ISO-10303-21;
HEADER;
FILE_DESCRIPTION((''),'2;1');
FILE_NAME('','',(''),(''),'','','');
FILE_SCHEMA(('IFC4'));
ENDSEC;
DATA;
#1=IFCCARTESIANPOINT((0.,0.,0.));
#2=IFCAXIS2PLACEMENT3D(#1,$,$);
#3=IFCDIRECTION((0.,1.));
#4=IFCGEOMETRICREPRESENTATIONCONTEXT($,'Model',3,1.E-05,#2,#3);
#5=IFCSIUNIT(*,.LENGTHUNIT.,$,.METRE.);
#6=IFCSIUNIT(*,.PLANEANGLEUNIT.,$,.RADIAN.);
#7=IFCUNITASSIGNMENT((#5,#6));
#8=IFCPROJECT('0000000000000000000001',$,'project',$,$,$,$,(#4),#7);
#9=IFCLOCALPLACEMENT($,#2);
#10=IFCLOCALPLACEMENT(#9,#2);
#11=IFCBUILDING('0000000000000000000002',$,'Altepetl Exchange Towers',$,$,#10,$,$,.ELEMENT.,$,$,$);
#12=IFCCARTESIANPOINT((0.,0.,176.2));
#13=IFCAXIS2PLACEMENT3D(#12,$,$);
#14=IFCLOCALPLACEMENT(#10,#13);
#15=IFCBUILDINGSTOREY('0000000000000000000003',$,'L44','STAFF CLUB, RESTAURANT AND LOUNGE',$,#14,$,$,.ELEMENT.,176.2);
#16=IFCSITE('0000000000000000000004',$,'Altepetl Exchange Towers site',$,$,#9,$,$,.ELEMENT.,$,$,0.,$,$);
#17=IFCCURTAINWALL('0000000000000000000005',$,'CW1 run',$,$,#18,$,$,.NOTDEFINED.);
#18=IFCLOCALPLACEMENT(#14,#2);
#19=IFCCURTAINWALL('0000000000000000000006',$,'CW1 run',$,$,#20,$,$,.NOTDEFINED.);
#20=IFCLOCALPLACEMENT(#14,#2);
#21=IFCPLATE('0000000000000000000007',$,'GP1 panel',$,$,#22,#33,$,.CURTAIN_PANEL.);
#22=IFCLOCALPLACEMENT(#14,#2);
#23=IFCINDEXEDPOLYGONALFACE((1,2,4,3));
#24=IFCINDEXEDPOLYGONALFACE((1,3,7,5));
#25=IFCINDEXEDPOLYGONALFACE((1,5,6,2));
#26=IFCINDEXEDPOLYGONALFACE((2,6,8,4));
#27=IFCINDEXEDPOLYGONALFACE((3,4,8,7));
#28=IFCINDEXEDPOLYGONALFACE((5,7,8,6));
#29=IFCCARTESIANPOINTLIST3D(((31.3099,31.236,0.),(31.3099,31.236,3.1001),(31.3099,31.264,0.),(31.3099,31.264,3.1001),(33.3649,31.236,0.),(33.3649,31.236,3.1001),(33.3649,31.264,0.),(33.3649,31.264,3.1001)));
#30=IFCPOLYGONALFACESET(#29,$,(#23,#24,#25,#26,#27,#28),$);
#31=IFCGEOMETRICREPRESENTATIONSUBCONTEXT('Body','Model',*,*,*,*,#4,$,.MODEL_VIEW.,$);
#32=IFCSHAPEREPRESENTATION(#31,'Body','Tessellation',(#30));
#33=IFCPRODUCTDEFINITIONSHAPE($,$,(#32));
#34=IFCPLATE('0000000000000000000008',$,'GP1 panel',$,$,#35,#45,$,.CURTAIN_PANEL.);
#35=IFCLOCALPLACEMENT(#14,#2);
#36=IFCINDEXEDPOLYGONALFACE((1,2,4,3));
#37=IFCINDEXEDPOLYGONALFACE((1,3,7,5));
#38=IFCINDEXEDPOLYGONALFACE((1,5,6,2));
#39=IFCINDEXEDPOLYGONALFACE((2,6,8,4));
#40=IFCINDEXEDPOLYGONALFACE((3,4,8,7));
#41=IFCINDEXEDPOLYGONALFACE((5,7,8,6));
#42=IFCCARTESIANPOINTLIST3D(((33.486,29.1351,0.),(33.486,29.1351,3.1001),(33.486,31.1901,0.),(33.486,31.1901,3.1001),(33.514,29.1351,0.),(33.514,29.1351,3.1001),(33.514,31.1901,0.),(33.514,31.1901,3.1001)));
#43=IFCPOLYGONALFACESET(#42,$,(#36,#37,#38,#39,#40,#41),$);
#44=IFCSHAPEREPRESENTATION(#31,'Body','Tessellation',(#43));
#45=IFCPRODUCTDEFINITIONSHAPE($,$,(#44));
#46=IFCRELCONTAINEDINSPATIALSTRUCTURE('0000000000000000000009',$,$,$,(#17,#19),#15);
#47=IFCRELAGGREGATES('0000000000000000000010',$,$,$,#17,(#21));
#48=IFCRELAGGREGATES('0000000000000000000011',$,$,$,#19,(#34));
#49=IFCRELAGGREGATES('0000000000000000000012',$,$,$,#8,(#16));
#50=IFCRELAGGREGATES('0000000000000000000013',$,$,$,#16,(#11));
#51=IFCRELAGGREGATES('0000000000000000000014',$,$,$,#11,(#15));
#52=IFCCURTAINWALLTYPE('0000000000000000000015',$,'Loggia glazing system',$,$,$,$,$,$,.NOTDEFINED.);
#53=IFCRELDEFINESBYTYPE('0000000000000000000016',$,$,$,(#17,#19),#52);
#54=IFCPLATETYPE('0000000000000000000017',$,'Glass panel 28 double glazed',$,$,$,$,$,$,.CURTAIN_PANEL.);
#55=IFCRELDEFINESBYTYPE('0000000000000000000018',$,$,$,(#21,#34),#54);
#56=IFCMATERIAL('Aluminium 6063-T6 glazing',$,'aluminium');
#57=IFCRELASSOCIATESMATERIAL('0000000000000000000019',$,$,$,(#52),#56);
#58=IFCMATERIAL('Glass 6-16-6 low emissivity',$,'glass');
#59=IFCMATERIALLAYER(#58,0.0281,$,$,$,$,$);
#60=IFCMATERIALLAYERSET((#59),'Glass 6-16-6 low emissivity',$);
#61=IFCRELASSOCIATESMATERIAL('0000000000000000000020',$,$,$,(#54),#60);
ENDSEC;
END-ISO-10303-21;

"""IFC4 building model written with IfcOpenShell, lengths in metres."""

from ifc_helpers import new_model, si_unit, direction, frame, origin, origin_2d, place, context, subcontext, project, spatial, rectangle, extrude, material, layer, layer_set, type_object, element, aggregate, save


model = new_model("IFC4")

# Units and contexts
model_context = context("Model", 3, precision=1e-05, world=origin(), true_north=direction((0.0, 1.0)))
body_context = subcontext(model_context, "Body", "Model", "MODEL_VIEW")
ifc_project = project(units=[si_unit("LENGTHUNIT", "METRE"), si_unit("PLANEANGLEUNIT", "RADIAN")], contexts=[model_context])

# Site, building, storey
site_placement = place(None, origin())
site = spatial("IfcSite", under=ifc_project, at=site_placement, Name="Altepetl Exchange Towers site", CompositionType="ELEMENT", RefElevation=0.0)
building_placement = place(site_placement, origin())
building = spatial("IfcBuilding", under=site, at=building_placement, Name="Altepetl Exchange Towers", CompositionType="ELEMENT")
storey_placement = place(building_placement, frame((0.0, 0.0, 176.2)))
storey = spatial("IfcBuildingStorey", under=building, at=storey_placement, Name="L44", Description="STAFF CLUB, RESTAURANT AND LOUNGE", CompositionType="ELEMENT", Elevation=176.2)

# Shared definitions
ifc_material_1 = material(Name="Aluminium 6063-T6 glazing", Category="aluminium")
curtain_wall_type = type_object("IfcCurtainWallType", Name="Loggia glazing system", PredefinedType="NOTDEFINED", material=ifc_material_1)

# Curtain walls
curtain_wall_1_placement = place(storey_placement, origin())
curtain_wall_1 = element("IfcCurtainWall", 1, at=curtain_wall_1_placement, inside=storey, type_object=curtain_wall_type, Name="CW1 run", PredefinedType="NOTDEFINED")
curtain_wall_2_placement = place(storey_placement, origin())
curtain_wall_2 = element("IfcCurtainWall", 2, at=curtain_wall_2_placement, inside=storey, type_object=curtain_wall_type, Name="CW1 run", PredefinedType="NOTDEFINED")

# Plates
ifc_material_2 = material(Name="Glass 6-16-6 low emissivity", Category="glass")
ifc_layer = layer(ifc_material_2, 0.0281)
ifc_layer_set = layer_set([ifc_layer], Name="Glass 6-16-6 low emissivity")
plate_type = type_object("IfcPlateType", Name="Glass panel 28 double glazed", PredefinedType="CURTAIN_PANEL", material=ifc_layer_set)
plate_1_placement = place(storey_placement, frame((32.3374, 31.25, 0.0)))
plate_1 = element("IfcPlate", 3, at=plate_1_placement, type_object=plate_type, Name="GP1 panel", PredefinedType="CURTAIN_PANEL", context=body_context, shape_type="SweptSolid", body=[
    extrude(rectangle(XDim=2.0549, YDim=0.0281, at=origin_2d()), origin(), (0.0, 0.0, 1.0), 3.1001),
])
aggregate(curtain_wall_1, [plate_1])
plate_2_placement = place(storey_placement, frame((33.5, 30.1626, 0.0), z_axis=(0.0, 0.0, 1.0), x_axis=(0.0, -1.0, 0.0)))
plate_2 = element("IfcPlate", 4, at=plate_2_placement, type_object=plate_type, Name="GP1 panel", PredefinedType="CURTAIN_PANEL", context=body_context, shape_type="SweptSolid", body=[
    extrude(rectangle(XDim=2.0549, YDim=0.0281, at=origin_2d()), origin(), (0.0, 0.0, 1.0), 3.1001),
])
aggregate(curtain_wall_2, [plate_2])

save(model, "model.ifc")
